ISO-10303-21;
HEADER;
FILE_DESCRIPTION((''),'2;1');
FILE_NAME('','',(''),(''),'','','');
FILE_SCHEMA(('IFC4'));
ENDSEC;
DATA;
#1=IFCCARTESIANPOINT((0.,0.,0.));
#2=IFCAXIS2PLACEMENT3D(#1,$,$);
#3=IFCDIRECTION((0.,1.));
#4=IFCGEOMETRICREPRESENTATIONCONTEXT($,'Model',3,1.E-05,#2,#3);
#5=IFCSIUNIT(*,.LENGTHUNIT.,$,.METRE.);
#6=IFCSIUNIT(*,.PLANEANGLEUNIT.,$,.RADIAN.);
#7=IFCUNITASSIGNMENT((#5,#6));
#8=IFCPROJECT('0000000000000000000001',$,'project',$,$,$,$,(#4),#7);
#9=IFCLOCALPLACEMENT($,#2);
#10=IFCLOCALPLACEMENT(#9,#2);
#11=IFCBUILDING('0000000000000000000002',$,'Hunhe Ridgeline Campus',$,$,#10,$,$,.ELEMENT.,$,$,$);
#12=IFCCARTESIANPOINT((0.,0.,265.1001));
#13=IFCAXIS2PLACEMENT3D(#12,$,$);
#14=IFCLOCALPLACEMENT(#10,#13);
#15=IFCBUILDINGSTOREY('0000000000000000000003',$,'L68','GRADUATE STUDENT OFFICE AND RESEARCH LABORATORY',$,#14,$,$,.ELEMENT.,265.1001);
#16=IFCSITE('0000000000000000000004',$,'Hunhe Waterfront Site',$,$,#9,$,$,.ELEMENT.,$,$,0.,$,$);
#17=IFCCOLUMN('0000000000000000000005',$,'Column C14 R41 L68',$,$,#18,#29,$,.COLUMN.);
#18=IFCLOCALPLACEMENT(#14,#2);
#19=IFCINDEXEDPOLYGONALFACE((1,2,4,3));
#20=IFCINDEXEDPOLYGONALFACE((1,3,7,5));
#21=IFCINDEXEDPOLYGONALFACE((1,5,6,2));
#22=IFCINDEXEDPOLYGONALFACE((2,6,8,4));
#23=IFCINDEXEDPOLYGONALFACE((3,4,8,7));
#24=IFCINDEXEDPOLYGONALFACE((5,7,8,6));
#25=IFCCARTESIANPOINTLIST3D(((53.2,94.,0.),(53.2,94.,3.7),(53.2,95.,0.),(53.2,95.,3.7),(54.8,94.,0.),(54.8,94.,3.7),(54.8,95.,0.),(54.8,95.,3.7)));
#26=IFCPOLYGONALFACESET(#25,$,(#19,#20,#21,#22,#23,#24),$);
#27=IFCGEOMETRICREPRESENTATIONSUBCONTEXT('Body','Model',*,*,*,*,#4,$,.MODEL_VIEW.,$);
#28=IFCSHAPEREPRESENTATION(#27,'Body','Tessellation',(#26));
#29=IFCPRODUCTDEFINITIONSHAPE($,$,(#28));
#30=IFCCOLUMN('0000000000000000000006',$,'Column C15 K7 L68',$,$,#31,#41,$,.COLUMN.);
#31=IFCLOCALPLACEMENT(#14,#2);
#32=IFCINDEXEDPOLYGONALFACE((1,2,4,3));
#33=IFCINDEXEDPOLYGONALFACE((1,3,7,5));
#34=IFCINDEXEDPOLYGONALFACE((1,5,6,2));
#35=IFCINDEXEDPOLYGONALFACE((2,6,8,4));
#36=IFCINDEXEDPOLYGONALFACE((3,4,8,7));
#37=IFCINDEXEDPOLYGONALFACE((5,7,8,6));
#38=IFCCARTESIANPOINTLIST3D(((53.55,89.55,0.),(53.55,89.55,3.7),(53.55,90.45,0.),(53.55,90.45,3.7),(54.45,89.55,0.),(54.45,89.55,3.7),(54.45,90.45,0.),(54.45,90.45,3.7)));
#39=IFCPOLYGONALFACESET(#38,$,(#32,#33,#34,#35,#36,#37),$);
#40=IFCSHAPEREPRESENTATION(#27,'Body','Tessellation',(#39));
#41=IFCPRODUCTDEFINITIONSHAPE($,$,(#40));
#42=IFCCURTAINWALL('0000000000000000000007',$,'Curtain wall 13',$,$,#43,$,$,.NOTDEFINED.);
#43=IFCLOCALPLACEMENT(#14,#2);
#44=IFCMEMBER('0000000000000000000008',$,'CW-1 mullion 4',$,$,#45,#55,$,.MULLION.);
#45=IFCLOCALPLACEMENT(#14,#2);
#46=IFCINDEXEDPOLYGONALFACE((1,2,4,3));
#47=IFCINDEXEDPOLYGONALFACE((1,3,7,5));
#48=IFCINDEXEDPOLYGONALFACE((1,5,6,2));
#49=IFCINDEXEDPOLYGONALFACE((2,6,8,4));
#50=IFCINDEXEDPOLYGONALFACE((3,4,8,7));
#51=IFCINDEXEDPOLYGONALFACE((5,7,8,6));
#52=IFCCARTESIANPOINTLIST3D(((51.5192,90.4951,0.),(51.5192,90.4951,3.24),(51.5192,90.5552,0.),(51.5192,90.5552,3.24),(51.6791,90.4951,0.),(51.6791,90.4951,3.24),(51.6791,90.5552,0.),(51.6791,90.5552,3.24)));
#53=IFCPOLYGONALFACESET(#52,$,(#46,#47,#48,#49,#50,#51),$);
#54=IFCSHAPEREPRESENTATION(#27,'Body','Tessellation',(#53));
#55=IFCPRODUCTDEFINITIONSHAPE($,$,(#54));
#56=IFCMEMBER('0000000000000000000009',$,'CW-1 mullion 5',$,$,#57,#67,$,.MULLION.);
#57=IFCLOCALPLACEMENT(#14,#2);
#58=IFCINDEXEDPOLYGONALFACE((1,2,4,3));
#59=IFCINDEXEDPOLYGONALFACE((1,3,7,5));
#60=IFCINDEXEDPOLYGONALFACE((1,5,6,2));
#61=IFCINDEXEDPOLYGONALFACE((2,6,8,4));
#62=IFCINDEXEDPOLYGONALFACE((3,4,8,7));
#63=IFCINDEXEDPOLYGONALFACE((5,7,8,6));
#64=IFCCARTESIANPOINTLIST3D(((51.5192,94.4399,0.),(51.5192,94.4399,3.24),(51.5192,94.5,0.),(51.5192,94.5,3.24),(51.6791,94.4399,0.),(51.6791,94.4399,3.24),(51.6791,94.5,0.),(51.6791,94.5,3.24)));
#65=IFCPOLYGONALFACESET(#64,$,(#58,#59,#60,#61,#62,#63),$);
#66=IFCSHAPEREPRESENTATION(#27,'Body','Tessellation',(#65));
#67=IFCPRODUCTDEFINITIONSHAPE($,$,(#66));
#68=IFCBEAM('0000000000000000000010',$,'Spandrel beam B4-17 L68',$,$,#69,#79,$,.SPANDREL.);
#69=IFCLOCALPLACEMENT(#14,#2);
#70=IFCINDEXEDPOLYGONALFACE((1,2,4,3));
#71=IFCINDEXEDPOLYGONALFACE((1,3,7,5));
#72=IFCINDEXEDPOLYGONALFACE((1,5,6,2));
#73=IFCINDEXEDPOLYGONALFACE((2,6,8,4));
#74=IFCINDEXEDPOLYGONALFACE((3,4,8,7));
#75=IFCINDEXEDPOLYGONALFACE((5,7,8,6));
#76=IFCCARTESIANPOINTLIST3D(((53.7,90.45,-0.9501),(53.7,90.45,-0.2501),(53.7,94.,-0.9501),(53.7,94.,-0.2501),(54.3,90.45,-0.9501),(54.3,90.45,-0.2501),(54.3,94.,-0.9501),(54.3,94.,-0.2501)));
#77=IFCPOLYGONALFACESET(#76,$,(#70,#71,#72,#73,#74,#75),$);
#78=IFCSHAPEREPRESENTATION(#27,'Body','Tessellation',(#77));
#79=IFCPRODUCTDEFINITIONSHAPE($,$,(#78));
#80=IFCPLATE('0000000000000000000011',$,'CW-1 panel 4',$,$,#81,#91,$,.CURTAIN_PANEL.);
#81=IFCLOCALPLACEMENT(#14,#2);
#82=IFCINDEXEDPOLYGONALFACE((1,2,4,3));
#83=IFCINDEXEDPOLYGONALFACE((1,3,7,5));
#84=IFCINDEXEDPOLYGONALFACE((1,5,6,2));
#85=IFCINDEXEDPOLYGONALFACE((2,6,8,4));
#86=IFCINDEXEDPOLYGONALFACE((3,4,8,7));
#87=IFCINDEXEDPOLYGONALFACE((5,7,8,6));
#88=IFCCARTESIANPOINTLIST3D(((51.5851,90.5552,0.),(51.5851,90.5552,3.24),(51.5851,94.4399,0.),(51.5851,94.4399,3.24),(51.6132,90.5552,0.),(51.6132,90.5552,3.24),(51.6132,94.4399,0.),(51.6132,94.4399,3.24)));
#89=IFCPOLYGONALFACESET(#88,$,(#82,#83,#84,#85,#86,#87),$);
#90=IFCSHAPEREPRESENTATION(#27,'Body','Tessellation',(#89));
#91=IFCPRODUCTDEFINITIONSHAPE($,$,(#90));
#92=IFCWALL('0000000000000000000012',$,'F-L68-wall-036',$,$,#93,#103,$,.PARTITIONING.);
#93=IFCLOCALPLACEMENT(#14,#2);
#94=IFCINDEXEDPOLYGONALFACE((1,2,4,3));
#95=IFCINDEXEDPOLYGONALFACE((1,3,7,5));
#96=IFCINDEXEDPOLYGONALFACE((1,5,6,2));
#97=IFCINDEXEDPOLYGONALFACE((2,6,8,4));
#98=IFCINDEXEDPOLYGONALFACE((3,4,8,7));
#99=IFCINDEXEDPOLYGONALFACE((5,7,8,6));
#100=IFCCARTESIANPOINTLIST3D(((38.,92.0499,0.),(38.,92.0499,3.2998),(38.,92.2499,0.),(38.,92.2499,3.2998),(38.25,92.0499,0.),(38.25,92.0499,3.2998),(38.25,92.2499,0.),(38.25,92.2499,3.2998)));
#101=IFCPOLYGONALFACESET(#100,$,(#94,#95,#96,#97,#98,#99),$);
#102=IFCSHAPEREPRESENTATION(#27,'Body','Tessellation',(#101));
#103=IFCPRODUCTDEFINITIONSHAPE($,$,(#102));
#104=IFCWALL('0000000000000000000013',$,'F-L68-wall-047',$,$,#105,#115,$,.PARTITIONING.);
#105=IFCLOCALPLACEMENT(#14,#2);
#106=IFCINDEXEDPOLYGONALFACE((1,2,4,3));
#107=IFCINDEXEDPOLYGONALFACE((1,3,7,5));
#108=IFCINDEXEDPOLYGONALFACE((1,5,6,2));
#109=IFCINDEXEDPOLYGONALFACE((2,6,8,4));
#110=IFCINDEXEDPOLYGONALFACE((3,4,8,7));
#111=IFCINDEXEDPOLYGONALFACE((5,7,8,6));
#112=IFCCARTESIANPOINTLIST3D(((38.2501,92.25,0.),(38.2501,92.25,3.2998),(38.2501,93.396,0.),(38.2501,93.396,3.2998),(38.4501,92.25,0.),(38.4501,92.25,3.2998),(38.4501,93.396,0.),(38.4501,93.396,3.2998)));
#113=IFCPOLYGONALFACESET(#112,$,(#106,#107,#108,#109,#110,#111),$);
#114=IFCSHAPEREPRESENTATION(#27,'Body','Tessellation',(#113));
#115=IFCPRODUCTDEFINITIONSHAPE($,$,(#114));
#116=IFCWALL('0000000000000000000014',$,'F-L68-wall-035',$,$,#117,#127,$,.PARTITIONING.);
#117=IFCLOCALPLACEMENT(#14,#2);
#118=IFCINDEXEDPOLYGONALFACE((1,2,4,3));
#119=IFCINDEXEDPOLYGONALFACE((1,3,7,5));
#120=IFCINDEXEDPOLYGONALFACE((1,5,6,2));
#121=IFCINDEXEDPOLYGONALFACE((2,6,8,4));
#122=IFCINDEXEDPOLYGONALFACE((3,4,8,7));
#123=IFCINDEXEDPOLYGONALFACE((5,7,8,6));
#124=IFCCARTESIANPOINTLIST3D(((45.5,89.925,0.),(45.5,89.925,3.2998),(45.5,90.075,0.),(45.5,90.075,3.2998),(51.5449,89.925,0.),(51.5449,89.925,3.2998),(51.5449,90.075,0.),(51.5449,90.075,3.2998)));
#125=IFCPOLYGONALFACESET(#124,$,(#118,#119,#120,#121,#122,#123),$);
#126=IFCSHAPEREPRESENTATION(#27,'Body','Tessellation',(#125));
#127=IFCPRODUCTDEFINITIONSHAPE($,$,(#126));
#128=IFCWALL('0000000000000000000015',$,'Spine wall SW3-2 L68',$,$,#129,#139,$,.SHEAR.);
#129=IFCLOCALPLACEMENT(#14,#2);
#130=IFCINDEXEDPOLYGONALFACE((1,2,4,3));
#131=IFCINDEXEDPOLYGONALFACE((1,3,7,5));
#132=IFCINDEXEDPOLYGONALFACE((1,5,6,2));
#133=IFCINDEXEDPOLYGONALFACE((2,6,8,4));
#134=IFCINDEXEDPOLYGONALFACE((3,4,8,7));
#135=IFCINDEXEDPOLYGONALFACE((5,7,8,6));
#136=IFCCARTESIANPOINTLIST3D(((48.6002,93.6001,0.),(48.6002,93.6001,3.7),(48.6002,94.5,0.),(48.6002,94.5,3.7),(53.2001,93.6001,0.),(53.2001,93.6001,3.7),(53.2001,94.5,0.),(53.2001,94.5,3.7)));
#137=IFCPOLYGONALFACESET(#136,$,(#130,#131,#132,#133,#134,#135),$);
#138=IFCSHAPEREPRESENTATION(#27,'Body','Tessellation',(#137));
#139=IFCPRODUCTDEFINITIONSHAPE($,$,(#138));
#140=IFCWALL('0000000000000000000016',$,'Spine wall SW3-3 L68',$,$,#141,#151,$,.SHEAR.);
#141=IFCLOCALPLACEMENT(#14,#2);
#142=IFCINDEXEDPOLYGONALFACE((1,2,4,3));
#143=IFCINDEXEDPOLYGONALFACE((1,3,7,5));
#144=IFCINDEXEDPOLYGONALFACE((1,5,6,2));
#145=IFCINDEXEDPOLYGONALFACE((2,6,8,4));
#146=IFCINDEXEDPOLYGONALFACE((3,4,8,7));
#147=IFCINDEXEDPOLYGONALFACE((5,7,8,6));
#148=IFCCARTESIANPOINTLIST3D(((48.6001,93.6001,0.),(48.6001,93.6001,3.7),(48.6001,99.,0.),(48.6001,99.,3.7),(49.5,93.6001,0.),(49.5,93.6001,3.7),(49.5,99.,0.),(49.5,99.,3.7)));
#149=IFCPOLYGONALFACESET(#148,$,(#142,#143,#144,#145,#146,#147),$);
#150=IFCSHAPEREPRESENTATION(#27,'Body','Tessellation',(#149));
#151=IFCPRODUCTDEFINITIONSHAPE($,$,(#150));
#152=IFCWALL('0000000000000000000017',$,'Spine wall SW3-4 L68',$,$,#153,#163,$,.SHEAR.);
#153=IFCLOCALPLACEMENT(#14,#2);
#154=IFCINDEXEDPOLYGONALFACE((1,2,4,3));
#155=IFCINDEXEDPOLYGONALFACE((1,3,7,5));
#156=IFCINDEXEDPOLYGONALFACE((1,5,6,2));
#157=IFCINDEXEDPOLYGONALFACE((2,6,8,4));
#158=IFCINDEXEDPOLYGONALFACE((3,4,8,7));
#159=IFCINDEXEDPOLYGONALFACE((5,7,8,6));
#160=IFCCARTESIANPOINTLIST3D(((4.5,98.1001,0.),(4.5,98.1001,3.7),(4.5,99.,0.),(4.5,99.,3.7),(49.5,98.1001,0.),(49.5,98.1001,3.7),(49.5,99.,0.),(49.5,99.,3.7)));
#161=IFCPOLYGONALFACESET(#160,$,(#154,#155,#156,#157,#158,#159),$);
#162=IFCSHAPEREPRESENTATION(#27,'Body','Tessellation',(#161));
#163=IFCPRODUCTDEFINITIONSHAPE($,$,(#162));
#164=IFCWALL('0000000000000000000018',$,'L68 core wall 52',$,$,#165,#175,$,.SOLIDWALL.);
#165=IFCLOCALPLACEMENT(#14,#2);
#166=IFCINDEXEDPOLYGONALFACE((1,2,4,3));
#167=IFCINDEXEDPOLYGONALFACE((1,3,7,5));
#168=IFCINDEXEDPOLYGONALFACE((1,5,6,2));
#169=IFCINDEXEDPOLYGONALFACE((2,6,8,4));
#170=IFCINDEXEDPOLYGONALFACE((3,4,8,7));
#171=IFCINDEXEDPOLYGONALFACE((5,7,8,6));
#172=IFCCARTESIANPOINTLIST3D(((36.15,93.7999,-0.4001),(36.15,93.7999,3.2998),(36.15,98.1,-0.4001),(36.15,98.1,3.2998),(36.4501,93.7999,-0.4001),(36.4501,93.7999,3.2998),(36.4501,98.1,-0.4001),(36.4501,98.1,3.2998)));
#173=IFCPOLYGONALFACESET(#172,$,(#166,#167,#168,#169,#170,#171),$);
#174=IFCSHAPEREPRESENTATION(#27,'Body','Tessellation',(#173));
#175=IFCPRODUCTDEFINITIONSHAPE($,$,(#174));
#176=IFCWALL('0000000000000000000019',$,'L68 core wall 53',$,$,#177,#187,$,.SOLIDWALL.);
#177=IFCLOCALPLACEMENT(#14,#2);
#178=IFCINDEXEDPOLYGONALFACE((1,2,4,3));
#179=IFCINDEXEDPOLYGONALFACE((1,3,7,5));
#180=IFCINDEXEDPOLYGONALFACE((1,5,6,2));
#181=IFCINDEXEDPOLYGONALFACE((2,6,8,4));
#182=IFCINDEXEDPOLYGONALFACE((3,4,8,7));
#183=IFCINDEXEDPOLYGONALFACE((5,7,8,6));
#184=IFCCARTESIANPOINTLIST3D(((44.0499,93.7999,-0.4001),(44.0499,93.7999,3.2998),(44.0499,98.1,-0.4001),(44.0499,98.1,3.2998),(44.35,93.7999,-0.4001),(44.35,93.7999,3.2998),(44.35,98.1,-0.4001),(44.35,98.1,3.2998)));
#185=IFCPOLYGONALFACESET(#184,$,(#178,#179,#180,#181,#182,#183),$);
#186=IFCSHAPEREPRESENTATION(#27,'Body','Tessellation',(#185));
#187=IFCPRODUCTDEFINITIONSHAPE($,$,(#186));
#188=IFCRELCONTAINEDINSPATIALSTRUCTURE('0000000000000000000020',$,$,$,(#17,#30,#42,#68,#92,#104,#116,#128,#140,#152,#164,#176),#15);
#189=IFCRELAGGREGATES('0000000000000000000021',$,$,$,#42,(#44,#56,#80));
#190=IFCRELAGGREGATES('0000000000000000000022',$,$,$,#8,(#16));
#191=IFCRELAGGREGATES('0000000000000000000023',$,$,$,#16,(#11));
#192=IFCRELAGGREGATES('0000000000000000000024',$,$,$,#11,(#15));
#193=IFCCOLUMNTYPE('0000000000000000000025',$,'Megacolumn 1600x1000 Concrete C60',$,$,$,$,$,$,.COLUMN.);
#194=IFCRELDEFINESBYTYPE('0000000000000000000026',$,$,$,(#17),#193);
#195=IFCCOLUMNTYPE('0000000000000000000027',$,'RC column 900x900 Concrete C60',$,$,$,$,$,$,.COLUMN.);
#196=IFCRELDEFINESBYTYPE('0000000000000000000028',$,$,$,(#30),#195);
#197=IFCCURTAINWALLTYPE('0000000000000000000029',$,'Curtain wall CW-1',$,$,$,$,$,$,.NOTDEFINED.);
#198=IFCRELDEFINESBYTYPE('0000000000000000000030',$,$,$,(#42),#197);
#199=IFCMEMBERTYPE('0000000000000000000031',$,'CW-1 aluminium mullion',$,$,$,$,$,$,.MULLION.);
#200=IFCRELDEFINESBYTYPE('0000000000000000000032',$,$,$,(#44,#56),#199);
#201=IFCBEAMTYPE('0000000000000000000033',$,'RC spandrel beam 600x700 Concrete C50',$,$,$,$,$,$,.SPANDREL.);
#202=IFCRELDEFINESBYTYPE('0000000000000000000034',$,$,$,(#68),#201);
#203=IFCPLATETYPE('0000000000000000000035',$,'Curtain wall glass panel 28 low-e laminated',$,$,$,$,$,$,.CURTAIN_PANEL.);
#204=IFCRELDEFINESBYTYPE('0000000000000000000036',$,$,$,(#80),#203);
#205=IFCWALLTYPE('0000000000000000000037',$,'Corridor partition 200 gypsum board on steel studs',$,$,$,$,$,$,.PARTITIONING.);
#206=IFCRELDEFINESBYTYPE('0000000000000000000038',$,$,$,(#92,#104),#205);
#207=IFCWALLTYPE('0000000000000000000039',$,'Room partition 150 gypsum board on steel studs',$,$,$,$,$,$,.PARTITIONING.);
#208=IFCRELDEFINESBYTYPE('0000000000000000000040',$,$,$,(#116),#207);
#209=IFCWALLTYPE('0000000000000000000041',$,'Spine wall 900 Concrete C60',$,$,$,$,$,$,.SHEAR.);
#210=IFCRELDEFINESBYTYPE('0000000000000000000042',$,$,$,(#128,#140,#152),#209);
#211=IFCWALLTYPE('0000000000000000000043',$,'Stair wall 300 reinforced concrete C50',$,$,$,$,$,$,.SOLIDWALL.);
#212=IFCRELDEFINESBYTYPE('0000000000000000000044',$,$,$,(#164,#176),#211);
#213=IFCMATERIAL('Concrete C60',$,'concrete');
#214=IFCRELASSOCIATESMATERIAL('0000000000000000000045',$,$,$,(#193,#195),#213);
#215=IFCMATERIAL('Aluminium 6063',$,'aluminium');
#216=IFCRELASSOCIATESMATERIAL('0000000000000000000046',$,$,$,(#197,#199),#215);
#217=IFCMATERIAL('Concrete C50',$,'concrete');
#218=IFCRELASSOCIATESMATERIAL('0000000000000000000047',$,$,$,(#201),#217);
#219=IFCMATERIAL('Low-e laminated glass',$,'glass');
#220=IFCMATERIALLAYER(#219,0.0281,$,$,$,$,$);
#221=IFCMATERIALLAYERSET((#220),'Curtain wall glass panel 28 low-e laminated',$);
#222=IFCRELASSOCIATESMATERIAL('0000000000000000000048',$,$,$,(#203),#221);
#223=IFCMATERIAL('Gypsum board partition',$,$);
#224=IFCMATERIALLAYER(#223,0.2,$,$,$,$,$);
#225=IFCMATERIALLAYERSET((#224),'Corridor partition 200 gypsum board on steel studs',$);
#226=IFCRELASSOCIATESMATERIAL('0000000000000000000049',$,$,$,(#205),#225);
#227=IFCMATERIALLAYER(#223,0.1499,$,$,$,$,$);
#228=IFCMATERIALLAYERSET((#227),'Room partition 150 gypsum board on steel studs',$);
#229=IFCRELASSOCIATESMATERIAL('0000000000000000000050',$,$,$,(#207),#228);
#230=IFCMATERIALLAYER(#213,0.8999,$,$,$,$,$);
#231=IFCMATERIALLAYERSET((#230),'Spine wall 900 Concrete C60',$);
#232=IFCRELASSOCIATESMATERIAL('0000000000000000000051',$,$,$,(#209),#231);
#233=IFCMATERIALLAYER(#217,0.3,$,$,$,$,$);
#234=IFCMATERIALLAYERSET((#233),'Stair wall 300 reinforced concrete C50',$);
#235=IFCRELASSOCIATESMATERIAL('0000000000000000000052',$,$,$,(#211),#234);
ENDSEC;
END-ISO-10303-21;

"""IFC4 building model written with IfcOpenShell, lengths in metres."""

from ifc_helpers import new_model, si_unit, direction, frame, frame_2d, origin, origin_2d, place, context, subcontext, project, spatial, rectangle, extrude, material, layer, layer_set, material_profile, profile_set, type_object, element, aggregate, save


model = new_model("IFC4")

# Units and contexts
model_context = context("Model", 3, precision=1e-05, world=origin(), true_north=direction((0.0, 1.0)))
body_context = subcontext(model_context, "Body", "Model", "MODEL_VIEW")
ifc_project = project(units=[si_unit("LENGTHUNIT", "METRE"), si_unit("PLANEANGLEUNIT", "RADIAN")], contexts=[model_context])

# Site, building, storey
site_placement = place(None, origin())
site = spatial("IfcSite", under=ifc_project, at=site_placement, Name="Hunhe Waterfront Site", CompositionType="ELEMENT", RefElevation=0.0)
building_placement = place(site_placement, origin())
building = spatial("IfcBuilding", under=site, at=building_placement, Name="Hunhe Ridgeline Campus", CompositionType="ELEMENT")
storey_placement = place(building_placement, frame((0.0, 0.0, 265.1001)))
storey = spatial("IfcBuildingStorey", under=building, at=storey_placement, Name="L68", Description="GRADUATE STUDENT OFFICE AND RESEARCH LABORATORY", CompositionType="ELEMENT", Elevation=265.1001)

# Columns
ifc_material_1 = material(Name="Concrete C60", Category="concrete")
ifc_material_profile_1 = material_profile(ifc_material_1, rectangle(XDim=1.6001, YDim=1.0, at=origin_2d()))
ifc_profile_set_1 = profile_set([ifc_material_profile_1], Name="Concrete C60")
column_type_1 = type_object("IfcColumnType", Name="Megacolumn 1600x1000 Concrete C60", PredefinedType="COLUMN", material=ifc_profile_set_1)
column_1_placement = place(storey_placement, frame((54.0, 94.5, 0.0), z_axis=(0.0, 0.0, 1.0), x_axis=(1.0, 0.0, 0.0)))
element("IfcColumn", 1, at=column_1_placement, inside=storey, type_object=column_type_1, Name="Column C14 R41 L68", PredefinedType="COLUMN", context=body_context, shape_type="SweptSolid", body=[
    extrude(rectangle(XDim=1.6001, YDim=1.0, at=origin_2d()), origin(), (0.0, 0.0, 1.0), 3.7),
])
ifc_material_profile_2 = material_profile(ifc_material_1, rectangle(XDim=0.8999, YDim=0.8999, at=origin_2d()))
ifc_profile_set_2 = profile_set([ifc_material_profile_2], Name="Concrete C60")
column_type_2 = type_object("IfcColumnType", Name="RC column 900x900 Concrete C60", PredefinedType="COLUMN", material=ifc_profile_set_2)
column_2_placement = place(storey_placement, frame((54.0, 90.0, 0.0), z_axis=(0.0, 0.0, 1.0), x_axis=(1.0, 0.0, 0.0)))
element("IfcColumn", 2, at=column_2_placement, inside=storey, type_object=column_type_2, Name="Column C15 K7 L68", PredefinedType="COLUMN", context=body_context, shape_type="SweptSolid", body=[
    extrude(rectangle(XDim=0.8999, YDim=0.8999, at=origin_2d()), origin(), (0.0, 0.0, 1.0), 3.7),
])

# Curtain wall, members
ifc_material_2 = material(Name="Aluminium 6063", Category="aluminium")
curtain_wall_type = type_object("IfcCurtainWallType", Name="Curtain wall CW-1", PredefinedType="NOTDEFINED", material=ifc_material_2)
curtain_wall_placement = place(storey_placement, origin())
curtain_wall = element("IfcCurtainWall", 3, at=curtain_wall_placement, inside=storey, type_object=curtain_wall_type, Name="Curtain wall 13", PredefinedType="NOTDEFINED")
ifc_material_profile_3 = material_profile(ifc_material_2, rectangle(XDim=0.1599, YDim=0.0601, at=origin_2d()))
ifc_profile_set_3 = profile_set([ifc_material_profile_3], Name="Aluminium 6063")
member_type = type_object("IfcMemberType", Name="CW-1 aluminium mullion", PredefinedType="MULLION", material=ifc_profile_set_3)
member_1_placement = place(storey_placement, frame((51.5991, 90.5251, 0.0), z_axis=(0.0, 0.0, 1.0), x_axis=(-1.0, 0.0, 0.0)))
member_1 = element("IfcMember", 4, at=member_1_placement, type_object=member_type, Name="CW-1 mullion 4", PredefinedType="MULLION", context=body_context, shape_type="SweptSolid", body=[
    extrude(rectangle(XDim=0.1599, YDim=0.0601, at=origin_2d()), origin(), (0.0, 0.0, 1.0), 3.24),
])
member_2_placement = place(storey_placement, frame((51.5991, 94.47, 0.0), z_axis=(0.0, 0.0, 1.0), x_axis=(-1.0, 0.0, 0.0)))
member_2 = element("IfcMember", 5, at=member_2_placement, type_object=member_type, Name="CW-1 mullion 5", PredefinedType="MULLION", context=body_context, shape_type="SweptSolid", body=[
    extrude(rectangle(XDim=0.1599, YDim=0.0601, at=origin_2d()), origin(), (0.0, 0.0, 1.0), 3.24),
])

# Beam
ifc_material_3 = material(Name="Concrete C50", Category="concrete")
ifc_material_profile_4 = material_profile(ifc_material_3, rectangle(XDim=0.6001, YDim=0.7, at=origin_2d()))
ifc_profile_set_4 = profile_set([ifc_material_profile_4], Name="Concrete C50")
beam_type = type_object("IfcBeamType", Name="RC spandrel beam 600x700 Concrete C50", PredefinedType="SPANDREL", material=ifc_profile_set_4)
beam_placement = place(storey_placement, frame((54.0, 90.45, -0.6001), z_axis=(0.0, 1.0, 0.0), x_axis=(-1.0, 0.0, 0.0)))
element("IfcBeam", 6, at=beam_placement, inside=storey, type_object=beam_type, Name="Spandrel beam B4-17 L68", PredefinedType="SPANDREL", context=body_context, shape_type="SweptSolid", body=[
    extrude(rectangle(XDim=0.6001, YDim=0.7, at=origin_2d()), origin(), (0.0, 0.0, 1.0), 3.55),
])

# Plate
ifc_material_4 = material(Name="Low-e laminated glass", Category="glass")
ifc_layer_1 = layer(ifc_material_4, 0.0281)
ifc_layer_set_1 = layer_set([ifc_layer_1], Name="Curtain wall glass panel 28 low-e laminated")
plate_type = type_object("IfcPlateType", Name="Curtain wall glass panel 28 low-e laminated", PredefinedType="CURTAIN_PANEL", material=ifc_layer_set_1)
plate_placement = place(storey_placement, frame((51.5991, 92.4976, 0.0), z_axis=(0.0, 0.0, 1.0), x_axis=(0.0, 1.0, 0.0)))
plate = element("IfcPlate", 7, at=plate_placement, type_object=plate_type, Name="CW-1 panel 4", PredefinedType="CURTAIN_PANEL", context=body_context, shape_type="SweptSolid", body=[
    extrude(rectangle(XDim=3.8848, YDim=0.0281, at=origin_2d()), origin(), (0.0, 0.0, 1.0), 3.24),
])
aggregate(curtain_wall, [member_1, member_2, plate])

# Wall
ifc_material_5 = material(Name="Gypsum board partition")
ifc_layer_2 = layer(ifc_material_5, 0.2)
ifc_layer_set_2 = layer_set([ifc_layer_2], Name="Corridor partition 200 gypsum board on steel studs")
wall_type_1 = type_object("IfcWallType", Name="Corridor partition 200 gypsum board on steel studs", PredefinedType="PARTITIONING", material=ifc_layer_set_2)
wall_1_placement = place(storey_placement, frame((38.25, 92.1499, 0.0), z_axis=(0.0, 0.0, 1.0), x_axis=(-1.0, 0.0, 0.0)))
element("IfcWall", 8, at=wall_1_placement, inside=storey, type_object=wall_type_1, Name="F-L68-wall-036", PredefinedType="PARTITIONING", context=body_context, shape_type="SweptSolid", body=[
    extrude(rectangle(XDim=0.25, YDim=0.2, at=frame_2d((0.125, 0.0))), origin(), (0.0, 0.0, 1.0), 3.2998),
])

# Walls
wall_2_placement = place(storey_placement, frame((38.3501, 93.396, 0.0), z_axis=(0.0, 0.0, 1.0), x_axis=(0.0, -1.0, 0.0)))
element("IfcWall", 9, at=wall_2_placement, inside=storey, type_object=wall_type_1, Name="F-L68-wall-047", PredefinedType="PARTITIONING", context=body_context, shape_type="SweptSolid", body=[
    extrude(rectangle(XDim=1.146, YDim=0.2, at=frame_2d((0.573, 0.0))), origin(), (0.0, 0.0, 1.0), 3.2998),
])
ifc_layer_3 = layer(ifc_material_5, 0.1499)
ifc_layer_set_3 = layer_set([ifc_layer_3], Name="Room partition 150 gypsum board on steel studs")
wall_type_2 = type_object("IfcWallType", Name="Room partition 150 gypsum board on steel studs", PredefinedType="PARTITIONING", material=ifc_layer_set_3)
wall_3_placement = place(storey_placement, frame((45.5, 90.0, 0.0), z_axis=(0.0, 0.0, 1.0), x_axis=(1.0, 0.0, 0.0)))
element("IfcWall", 10, at=wall_3_placement, inside=storey, type_object=wall_type_2, Name="F-L68-wall-035", PredefinedType="PARTITIONING", context=body_context, shape_type="SweptSolid", body=[
    extrude(rectangle(XDim=6.0449, YDim=0.1499, at=frame_2d((3.0225, 0.0))), origin(), (0.0, 0.0, 1.0), 3.2998),
])
ifc_layer_4 = layer(ifc_material_1, 0.8999)
ifc_layer_set_4 = layer_set([ifc_layer_4], Name="Spine wall 900 Concrete C60")
wall_type_3 = type_object("IfcWallType", Name="Spine wall 900 Concrete C60", PredefinedType="SHEAR", material=ifc_layer_set_4)
wall_4_placement = place(storey_placement, frame((53.2, 94.05, 0.0), z_axis=(0.0, 0.0, 1.0), x_axis=(-1.0, 0.0, 0.0)))
element("IfcWall", 11, at=wall_4_placement, inside=storey, type_object=wall_type_3, Name="Spine wall SW3-2 L68", PredefinedType="SHEAR", context=body_context, shape_type="SweptSolid", body=[
    extrude(rectangle(XDim=4.5999, YDim=0.8999, at=frame_2d((2.2998, 0.0))), origin(), (0.0, 0.0, 1.0), 3.7),
])
wall_5_placement = place(storey_placement, frame((49.05, 93.6001, 0.0), z_axis=(0.0, 0.0, 1.0), x_axis=(0.0, 1.0, 0.0)))
element("IfcWall", 12, at=wall_5_placement, inside=storey, type_object=wall_type_3, Name="Spine wall SW3-3 L68", PredefinedType="SHEAR", context=body_context, shape_type="SweptSolid", body=[
    extrude(rectangle(XDim=5.3999, YDim=0.8999, at=frame_2d((2.7, 0.0))), origin(), (0.0, 0.0, 1.0), 3.7),
])
wall_6_placement = place(storey_placement, frame((49.5, 98.55, 0.0), z_axis=(0.0, 0.0, 1.0), x_axis=(-1.0, 0.0, 0.0)))
element("IfcWall", 13, at=wall_6_placement, inside=storey, type_object=wall_type_3, Name="Spine wall SW3-4 L68", PredefinedType="SHEAR", context=body_context, shape_type="SweptSolid", body=[
    extrude(rectangle(XDim=45.0, YDim=0.8999, at=frame_2d((22.5, 0.0))), origin(), (0.0, 0.0, 1.0), 3.7),
])

# Shared definitions
ifc_layer_5 = layer(ifc_material_3, 0.3)
ifc_layer_set_5 = layer_set([ifc_layer_5], Name="Stair wall 300 reinforced concrete C50")
wall_type_4 = type_object("IfcWallType", Name="Stair wall 300 reinforced concrete C50", PredefinedType="SOLIDWALL", material=ifc_layer_set_5)

# Walls
for number, where, z_axis, x_axis, name in (
    (14, (36.3, 93.8, -0.4001), (0.0, 0.0, 1.0), (0.0, 1.0, 0.0), "L68 core wall 52"),
    (15, (44.2, 93.8, -0.4001), (0.0, 0.0, 1.0), (0.0, 1.0, 0.0), "L68 core wall 53"),
):
    element("IfcWall", number, at=place(storey_placement, frame(where, z_axis=z_axis, x_axis=x_axis)), inside=storey, type_object=wall_type_4, Name=name, PredefinedType="SOLIDWALL", context=body_context, shape_type="SweptSolid", body=[
        extrude(rectangle(XDim=4.3, YDim=0.3, at=frame_2d((2.1499, 0.0))), origin(), (0.0, 0.0, 1.0), 3.7),
    ])

save(model, "model.ifc")
